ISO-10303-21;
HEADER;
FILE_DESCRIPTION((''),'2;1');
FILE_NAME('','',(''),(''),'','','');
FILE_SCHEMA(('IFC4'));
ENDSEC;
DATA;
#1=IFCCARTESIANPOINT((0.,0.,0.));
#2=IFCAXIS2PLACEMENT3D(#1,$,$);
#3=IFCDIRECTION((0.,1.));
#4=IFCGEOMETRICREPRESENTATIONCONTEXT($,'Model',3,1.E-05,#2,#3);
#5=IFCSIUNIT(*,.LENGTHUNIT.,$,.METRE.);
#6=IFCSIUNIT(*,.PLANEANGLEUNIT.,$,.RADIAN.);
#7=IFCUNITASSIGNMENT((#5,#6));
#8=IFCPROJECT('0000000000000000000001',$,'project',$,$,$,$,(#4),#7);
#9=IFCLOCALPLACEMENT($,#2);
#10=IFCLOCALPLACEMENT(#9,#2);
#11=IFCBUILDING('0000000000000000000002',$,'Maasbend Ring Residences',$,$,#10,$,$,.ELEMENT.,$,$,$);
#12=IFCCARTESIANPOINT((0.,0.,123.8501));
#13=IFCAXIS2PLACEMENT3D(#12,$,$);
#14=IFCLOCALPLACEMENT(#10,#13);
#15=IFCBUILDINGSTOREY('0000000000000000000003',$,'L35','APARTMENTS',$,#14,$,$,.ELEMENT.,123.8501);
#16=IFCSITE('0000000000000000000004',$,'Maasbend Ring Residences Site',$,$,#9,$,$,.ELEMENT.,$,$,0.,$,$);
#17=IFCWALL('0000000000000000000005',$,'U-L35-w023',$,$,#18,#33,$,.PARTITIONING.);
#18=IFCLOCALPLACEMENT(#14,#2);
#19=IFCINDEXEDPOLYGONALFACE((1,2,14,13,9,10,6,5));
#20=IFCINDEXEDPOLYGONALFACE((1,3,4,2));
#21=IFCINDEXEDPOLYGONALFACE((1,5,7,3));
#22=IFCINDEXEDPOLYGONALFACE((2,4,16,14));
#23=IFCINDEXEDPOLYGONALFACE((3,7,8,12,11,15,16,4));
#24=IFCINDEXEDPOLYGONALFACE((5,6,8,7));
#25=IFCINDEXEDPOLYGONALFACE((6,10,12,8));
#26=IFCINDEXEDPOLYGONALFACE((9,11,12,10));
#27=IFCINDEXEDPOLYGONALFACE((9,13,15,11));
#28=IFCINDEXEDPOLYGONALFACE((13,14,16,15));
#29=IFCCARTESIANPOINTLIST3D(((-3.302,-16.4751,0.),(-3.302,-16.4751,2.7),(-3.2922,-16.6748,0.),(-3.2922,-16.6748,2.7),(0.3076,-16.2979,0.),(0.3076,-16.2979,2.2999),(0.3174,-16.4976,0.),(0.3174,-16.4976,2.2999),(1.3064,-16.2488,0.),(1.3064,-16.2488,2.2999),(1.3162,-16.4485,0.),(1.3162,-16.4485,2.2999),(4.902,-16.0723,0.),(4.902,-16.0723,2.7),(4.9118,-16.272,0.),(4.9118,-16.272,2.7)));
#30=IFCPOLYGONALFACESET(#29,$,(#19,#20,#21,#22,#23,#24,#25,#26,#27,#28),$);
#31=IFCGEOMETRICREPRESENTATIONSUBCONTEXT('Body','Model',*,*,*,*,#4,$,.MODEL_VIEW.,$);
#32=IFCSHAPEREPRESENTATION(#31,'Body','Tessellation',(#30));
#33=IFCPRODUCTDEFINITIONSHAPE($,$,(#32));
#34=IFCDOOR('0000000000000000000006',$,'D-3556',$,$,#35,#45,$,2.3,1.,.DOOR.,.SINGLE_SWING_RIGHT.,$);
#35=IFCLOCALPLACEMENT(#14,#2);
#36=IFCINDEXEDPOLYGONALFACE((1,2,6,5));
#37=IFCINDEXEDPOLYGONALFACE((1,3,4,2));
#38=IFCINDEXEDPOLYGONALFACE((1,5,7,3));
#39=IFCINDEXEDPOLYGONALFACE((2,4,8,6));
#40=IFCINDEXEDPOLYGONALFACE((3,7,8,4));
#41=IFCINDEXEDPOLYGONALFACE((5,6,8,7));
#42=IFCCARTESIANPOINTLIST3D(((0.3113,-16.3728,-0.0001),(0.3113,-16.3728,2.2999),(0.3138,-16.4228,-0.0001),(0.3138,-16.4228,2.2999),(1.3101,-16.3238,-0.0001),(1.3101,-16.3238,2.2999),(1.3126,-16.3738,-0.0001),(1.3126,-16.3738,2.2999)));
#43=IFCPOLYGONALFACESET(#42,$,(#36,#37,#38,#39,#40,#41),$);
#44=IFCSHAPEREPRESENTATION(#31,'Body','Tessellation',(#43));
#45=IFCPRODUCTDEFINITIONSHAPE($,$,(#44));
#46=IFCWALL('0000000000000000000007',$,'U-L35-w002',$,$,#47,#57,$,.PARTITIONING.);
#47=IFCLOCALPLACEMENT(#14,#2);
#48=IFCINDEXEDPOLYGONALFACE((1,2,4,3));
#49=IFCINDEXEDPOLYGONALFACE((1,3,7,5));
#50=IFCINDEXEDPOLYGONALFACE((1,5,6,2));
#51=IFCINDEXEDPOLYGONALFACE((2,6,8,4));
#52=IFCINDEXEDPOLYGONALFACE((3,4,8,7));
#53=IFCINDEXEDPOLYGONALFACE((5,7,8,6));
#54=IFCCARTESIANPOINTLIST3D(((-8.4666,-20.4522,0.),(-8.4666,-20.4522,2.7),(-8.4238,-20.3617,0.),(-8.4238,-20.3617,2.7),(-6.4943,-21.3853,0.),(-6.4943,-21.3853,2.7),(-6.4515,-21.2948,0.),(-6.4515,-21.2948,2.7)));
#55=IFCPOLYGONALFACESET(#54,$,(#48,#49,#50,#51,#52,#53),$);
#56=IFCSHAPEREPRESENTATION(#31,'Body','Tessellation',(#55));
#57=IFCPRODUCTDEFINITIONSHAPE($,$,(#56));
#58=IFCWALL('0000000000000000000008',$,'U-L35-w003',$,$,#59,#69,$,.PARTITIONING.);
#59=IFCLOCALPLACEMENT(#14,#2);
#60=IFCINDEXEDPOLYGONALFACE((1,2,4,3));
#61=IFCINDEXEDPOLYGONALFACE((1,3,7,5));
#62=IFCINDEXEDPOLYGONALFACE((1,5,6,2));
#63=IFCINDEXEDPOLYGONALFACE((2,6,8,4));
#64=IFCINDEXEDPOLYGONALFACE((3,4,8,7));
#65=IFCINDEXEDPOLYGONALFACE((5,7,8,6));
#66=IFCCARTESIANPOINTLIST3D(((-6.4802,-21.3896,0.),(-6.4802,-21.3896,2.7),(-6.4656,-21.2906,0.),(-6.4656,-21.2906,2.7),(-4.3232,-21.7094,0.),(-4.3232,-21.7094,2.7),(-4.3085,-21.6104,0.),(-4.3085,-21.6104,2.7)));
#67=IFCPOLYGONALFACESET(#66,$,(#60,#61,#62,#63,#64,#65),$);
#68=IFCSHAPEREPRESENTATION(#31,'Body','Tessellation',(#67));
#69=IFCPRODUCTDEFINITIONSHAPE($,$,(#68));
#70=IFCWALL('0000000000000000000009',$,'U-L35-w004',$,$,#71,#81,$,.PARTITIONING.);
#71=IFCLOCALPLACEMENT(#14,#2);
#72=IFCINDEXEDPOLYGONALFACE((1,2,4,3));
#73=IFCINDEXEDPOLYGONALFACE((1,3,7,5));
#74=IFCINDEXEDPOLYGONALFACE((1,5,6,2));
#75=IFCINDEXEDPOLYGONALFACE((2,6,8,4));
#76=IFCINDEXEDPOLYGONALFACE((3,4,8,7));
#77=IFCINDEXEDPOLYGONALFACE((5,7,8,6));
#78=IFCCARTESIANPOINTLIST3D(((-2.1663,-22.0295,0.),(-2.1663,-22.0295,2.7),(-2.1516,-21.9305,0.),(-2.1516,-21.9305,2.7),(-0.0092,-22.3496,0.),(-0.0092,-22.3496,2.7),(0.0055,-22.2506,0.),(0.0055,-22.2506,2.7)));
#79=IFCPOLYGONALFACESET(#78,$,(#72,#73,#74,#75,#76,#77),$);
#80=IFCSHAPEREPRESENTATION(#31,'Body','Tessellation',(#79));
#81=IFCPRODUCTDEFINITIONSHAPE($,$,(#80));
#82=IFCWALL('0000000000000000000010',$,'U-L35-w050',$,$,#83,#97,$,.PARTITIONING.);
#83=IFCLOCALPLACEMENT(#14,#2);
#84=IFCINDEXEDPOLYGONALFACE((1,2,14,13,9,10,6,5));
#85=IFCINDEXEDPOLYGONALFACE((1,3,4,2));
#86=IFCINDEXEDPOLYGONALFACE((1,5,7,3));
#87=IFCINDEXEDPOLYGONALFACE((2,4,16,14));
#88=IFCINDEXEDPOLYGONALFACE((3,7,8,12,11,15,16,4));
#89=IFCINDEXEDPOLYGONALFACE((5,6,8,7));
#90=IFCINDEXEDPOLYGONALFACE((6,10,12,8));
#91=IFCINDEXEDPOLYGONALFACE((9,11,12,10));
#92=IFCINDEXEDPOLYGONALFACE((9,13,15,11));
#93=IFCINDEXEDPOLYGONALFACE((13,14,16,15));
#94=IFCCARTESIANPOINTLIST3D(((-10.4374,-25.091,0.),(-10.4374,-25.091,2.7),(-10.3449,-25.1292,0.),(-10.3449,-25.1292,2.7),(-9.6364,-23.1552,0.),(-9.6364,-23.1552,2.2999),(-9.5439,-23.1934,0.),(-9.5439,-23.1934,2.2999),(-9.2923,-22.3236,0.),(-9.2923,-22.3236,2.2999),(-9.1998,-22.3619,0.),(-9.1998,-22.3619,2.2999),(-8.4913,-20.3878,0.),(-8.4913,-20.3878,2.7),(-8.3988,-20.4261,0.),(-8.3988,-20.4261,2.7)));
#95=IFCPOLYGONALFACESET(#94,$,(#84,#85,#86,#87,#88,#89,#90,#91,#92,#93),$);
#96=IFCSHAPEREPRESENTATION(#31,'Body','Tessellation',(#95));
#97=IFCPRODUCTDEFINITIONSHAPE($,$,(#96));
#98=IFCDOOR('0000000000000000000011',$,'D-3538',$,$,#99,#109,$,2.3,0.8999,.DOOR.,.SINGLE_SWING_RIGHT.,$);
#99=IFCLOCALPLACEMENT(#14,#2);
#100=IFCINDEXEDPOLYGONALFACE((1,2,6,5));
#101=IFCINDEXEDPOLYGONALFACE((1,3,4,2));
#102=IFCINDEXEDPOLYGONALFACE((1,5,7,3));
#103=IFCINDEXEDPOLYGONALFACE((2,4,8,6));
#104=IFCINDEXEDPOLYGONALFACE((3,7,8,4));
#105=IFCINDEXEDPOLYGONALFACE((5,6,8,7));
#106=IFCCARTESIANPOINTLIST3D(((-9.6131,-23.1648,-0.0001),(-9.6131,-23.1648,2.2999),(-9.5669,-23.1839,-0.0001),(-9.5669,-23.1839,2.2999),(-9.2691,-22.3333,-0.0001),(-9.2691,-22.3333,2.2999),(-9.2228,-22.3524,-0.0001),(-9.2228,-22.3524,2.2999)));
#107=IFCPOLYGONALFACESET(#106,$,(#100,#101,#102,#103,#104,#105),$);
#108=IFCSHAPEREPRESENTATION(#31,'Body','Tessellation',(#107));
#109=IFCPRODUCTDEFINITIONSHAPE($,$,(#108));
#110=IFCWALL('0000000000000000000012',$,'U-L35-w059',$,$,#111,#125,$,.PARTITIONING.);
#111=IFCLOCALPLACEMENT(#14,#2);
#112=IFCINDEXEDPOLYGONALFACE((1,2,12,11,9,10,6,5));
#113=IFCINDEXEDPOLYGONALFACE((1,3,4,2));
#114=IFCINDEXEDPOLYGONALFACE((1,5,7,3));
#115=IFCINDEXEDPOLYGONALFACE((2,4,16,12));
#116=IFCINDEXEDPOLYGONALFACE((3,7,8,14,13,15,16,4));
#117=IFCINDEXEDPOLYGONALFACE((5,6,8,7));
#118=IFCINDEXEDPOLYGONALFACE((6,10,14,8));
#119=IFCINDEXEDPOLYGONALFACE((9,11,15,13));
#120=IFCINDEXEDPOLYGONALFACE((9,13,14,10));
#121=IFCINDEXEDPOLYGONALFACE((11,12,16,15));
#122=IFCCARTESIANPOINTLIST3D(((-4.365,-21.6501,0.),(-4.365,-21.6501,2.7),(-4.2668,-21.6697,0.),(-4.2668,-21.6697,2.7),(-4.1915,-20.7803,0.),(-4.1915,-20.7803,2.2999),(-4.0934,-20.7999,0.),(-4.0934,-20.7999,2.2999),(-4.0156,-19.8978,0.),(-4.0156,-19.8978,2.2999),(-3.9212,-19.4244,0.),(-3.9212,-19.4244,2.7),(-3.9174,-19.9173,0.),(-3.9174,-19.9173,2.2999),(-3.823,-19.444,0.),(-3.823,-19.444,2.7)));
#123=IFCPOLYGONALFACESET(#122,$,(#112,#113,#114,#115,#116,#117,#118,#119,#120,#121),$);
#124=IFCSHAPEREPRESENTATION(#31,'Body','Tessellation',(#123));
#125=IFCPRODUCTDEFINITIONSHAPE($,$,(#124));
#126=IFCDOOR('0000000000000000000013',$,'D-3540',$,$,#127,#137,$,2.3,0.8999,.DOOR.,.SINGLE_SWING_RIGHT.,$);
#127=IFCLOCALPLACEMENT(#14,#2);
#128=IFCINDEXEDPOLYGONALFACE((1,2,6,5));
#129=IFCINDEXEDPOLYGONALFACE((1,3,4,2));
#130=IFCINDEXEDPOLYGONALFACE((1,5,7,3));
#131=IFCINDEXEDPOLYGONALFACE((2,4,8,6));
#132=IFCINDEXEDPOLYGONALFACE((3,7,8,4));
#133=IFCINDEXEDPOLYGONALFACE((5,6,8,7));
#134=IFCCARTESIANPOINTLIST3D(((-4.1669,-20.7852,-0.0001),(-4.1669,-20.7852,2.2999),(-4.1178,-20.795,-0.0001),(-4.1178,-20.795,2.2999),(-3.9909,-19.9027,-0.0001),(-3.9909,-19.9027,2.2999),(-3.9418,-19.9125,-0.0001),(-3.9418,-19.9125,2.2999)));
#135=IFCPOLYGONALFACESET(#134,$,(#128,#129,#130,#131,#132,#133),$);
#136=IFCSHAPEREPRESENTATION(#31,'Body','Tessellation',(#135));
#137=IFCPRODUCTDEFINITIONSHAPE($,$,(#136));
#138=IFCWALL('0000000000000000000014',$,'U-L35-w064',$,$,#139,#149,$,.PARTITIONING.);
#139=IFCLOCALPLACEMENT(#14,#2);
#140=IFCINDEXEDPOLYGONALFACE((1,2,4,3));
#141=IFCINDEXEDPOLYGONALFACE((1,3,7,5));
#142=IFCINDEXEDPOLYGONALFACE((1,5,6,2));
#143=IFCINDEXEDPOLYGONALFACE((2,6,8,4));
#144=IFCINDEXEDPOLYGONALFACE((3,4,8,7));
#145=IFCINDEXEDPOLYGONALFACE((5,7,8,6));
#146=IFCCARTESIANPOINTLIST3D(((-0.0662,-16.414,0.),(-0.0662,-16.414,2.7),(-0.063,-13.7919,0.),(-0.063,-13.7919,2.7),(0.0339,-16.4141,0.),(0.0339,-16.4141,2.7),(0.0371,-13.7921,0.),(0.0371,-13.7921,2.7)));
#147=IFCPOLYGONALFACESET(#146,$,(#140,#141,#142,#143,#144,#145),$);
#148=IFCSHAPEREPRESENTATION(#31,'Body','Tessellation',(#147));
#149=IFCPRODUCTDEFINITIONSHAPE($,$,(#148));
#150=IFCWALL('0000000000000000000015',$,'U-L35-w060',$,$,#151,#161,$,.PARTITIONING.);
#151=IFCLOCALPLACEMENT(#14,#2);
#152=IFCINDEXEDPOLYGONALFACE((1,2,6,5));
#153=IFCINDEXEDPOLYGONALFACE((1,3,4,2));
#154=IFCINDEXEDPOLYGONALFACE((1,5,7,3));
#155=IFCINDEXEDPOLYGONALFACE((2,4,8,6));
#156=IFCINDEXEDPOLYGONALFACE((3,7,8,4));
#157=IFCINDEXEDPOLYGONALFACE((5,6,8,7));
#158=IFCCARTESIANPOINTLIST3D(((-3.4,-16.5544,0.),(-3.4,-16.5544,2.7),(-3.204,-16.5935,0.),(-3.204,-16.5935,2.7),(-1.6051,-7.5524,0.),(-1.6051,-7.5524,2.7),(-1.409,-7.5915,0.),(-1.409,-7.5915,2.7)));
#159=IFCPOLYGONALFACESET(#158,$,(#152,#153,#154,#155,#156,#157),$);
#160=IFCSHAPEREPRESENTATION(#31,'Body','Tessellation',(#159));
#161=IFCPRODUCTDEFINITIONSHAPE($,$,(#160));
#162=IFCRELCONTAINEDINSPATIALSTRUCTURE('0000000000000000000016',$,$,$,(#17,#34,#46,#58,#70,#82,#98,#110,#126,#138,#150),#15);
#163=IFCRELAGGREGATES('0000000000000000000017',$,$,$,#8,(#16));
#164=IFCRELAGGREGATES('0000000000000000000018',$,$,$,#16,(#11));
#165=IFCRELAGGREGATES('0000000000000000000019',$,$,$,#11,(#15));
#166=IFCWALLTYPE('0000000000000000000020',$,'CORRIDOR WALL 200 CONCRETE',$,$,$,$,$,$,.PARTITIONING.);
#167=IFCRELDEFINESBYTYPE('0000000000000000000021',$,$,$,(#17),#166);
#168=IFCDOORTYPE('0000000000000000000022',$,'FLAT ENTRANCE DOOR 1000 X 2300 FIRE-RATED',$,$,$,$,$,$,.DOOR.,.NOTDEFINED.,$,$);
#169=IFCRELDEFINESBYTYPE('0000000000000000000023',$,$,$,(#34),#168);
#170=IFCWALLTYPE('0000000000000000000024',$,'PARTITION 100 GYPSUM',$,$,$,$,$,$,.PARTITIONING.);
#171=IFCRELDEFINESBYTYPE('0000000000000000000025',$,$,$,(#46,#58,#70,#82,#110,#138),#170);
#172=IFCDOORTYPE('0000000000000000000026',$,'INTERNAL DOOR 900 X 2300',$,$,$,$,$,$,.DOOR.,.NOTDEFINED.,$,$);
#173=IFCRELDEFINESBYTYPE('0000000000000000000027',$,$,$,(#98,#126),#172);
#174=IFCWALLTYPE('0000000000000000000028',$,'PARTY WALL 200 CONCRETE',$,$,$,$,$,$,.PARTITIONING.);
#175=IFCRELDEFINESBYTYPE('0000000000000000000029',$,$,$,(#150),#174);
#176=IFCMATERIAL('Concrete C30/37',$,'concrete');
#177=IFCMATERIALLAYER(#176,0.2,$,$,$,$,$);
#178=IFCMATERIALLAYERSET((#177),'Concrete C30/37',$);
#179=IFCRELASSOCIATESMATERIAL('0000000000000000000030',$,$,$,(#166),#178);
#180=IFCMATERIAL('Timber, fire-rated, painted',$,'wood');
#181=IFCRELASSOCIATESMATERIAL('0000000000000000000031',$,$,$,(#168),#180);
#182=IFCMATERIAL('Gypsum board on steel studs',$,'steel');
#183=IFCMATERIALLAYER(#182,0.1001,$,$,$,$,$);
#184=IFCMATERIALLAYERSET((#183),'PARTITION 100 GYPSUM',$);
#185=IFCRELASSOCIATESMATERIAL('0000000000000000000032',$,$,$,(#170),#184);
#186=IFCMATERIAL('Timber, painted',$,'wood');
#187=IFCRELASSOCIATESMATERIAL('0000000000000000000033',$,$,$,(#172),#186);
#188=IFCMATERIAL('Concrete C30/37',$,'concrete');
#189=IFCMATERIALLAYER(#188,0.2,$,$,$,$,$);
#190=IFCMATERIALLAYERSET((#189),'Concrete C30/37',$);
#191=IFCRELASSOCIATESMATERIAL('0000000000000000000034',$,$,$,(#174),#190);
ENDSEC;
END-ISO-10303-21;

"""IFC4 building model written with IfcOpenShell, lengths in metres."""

from ifc_helpers import new_model, si_unit, direction, frame, frame_2d, origin, place, context, subcontext, project, spatial, rectangle, extrude, material, layer, layer_set, type_object, element, fill, save


model = new_model("IFC4")

# Units and contexts
model_context = context("Model", 3, precision=1e-05, world=origin(), true_north=direction((0.0, 1.0)))
body_context = subcontext(model_context, "Body", "Model", "MODEL_VIEW")
ifc_project = project(units=[si_unit("LENGTHUNIT", "METRE"), si_unit("PLANEANGLEUNIT", "RADIAN")], contexts=[model_context])

# Site, building, storey
site_placement = place(None, origin())
site = spatial("IfcSite", under=ifc_project, at=site_placement, Name="Maasbend Ring Residences Site", CompositionType="ELEMENT", RefElevation=0.0)
building_placement = place(site_placement, origin())
building = spatial("IfcBuilding", under=site, at=building_placement, Name="Maasbend Ring Residences", CompositionType="ELEMENT")
storey_placement = place(building_placement, frame((0.0, 0.0, 123.8501)))
storey = spatial("IfcBuildingStorey", under=building, at=storey_placement, Name="L35", Description="APARTMENTS", CompositionType="ELEMENT", Elevation=123.8501)

# Shared definitions
ifc_material_1 = material(Name="Concrete C30/37", Category="concrete")
ifc_layer_1 = layer(ifc_material_1, 0.2)
ifc_layer_set_1 = layer_set([ifc_layer_1], Name="Concrete C30/37")
wall_type_1 = type_object("IfcWallType", Name="CORRIDOR WALL 200 CONCRETE", PredefinedType="PARTITIONING", material=ifc_layer_set_1)

# Wall, opening, door
ifc_material_2 = material(Name="Timber, fire-rated, painted", Category="wood")
door_type_1 = type_object("IfcDoorType", Name="FLAT ENTRANCE DOOR 1000 X 2300 FIRE-RATED", OperationType="NOTDEFINED", PredefinedType="DOOR", material=ifc_material_2)
wall_1_placement = place(storey_placement, frame((-3.2971, -16.575, 0.0), z_axis=(0.0, 0.0, 1.0), x_axis=(0.998797, 0.049042, 0.0)))
wall_1 = element("IfcWall", 1, at=wall_1_placement, inside=storey, type_object=wall_type_1, Name="U-L35-w023", PredefinedType="PARTITIONING", context=body_context, shape_type="SweptSolid", body=[
    extrude(rectangle(XDim=8.2139, YDim=0.2, at=frame_2d((4.1069, 0.0))), origin(), (0.0, 0.0, 1.0), 2.7),
])
opening_1_placement = place(wall_1_placement, frame((3.614, 0.0, 0.0)))
opening_1 = element("IfcOpeningElement", 2, at=opening_1_placement, cuts=wall_1, PredefinedType="OPENING", context=body_context, shape_type="SweptSolid", body=[
    extrude(rectangle(XDim=1.0, YDim=2.3, at=frame_2d((0.5, 1.1499))), frame((0.0, 0.1099, 0.0), z_axis=(0.0, -1.0, 0.0), x_axis=(1.0, 0.0, 0.0)), (0.0, 0.0, 1.0), 0.22),
])
door_1_placement = place(opening_1_placement, origin())
door_1 = element("IfcDoor", 3, at=door_1_placement, inside=storey, type_object=door_type_1, Name="D-3556", OperationType="SINGLE_SWING_RIGHT", OverallHeight=2.3, OverallWidth=1.0, PredefinedType="DOOR", context=body_context, shape_type="SweptSolid", body=[
    extrude(rectangle(XDim=1.0, YDim=2.3, at=frame_2d((0.5, 1.1499))), frame((0.0, 0.0249, 0.0), z_axis=(0.0, -1.0, 0.0), x_axis=(1.0, 0.0, 0.0)), (0.0, 0.0, 1.0), 0.05),
])
fill(opening_1, door_1)

# Walls
ifc_material_3 = material(Name="Gypsum board on steel studs", Category="steel")
ifc_layer_2 = layer(ifc_material_3, 0.1001)
ifc_layer_set_2 = layer_set([ifc_layer_2], Name="PARTITION 100 GYPSUM")
wall_type_2 = type_object("IfcWallType", Name="PARTITION 100 GYPSUM", PredefinedType="PARTITIONING", material=ifc_layer_set_2)
wall_2_placement = place(storey_placement, frame((-8.4451, -20.407, 0.0), z_axis=(0.0, 0.0, 1.0), x_axis=(0.903929, -0.427682, 0.0)))
element("IfcWall", 4, at=wall_2_placement, inside=storey, type_object=wall_type_2, Name="U-L35-w002", PredefinedType="PARTITIONING", context=body_context, shape_type="SweptSolid", body=[
    extrude(rectangle(XDim=2.1819, YDim=0.1001, at=frame_2d((1.0908, 0.0))), origin(), (0.0, 0.0, 1.0), 2.7),
])
for number, where, z_axis, x_axis, name in (
    (5, (-6.4729, -21.3401, 0.0), (0.0, 0.0, 1.0), (0.989185, -0.14667, 0.0), "U-L35-w003"),
    (6, (-2.1589, -21.98, 0.0), (0.0, 0.0, 1.0), (0.989169, -0.14678, 0.0), "U-L35-w004"),
):
    element("IfcWall", number, at=place(storey_placement, frame(where, z_axis=z_axis, x_axis=x_axis)), inside=storey, type_object=wall_type_2, Name=name, PredefinedType="PARTITIONING", context=body_context, shape_type="SweptSolid", body=[
        extrude(rectangle(XDim=2.1807, YDim=0.1001, at=frame_2d((1.0903, 0.0))), origin(), (0.0, 0.0, 1.0), 2.7),
    ])

# Walls, openings, doors
wall_3_placement = place(storey_placement, frame((-10.3911, -25.1101, 0.0), z_axis=(0.0, 0.0, 1.0), x_axis=(0.382339, 0.924022, 0.0)))
wall_3 = element("IfcWall", 7, at=wall_3_placement, inside=storey, type_object=wall_type_2, Name="U-L35-w050", PredefinedType="PARTITIONING", context=body_context, shape_type="SweptSolid", body=[
    extrude(rectangle(XDim=5.0898, YDim=0.1001, at=frame_2d((2.5449, 0.0))), origin(), (0.0, 0.0, 1.0), 2.7),
])
opening_2_placement = place(wall_3_placement, frame((2.095, 0.0, 0.0)))
opening_2 = element("IfcOpeningElement", 8, at=opening_2_placement, cuts=wall_3, PredefinedType="OPENING", context=body_context, shape_type="SweptSolid", body=[
    extrude(rectangle(XDim=0.8999, YDim=2.3, at=frame_2d((0.45, 1.1499))), frame((0.0, 0.0601, 0.0), z_axis=(0.0, -1.0, 0.0), x_axis=(1.0, 0.0, 0.0)), (0.0, 0.0, 1.0), 0.1201),
])
ifc_material_4 = material(Name="Timber, painted", Category="wood")
door_type_2 = type_object("IfcDoorType", Name="INTERNAL DOOR 900 X 2300", OperationType="NOTDEFINED", PredefinedType="DOOR", material=ifc_material_4)
door_2_placement = place(opening_2_placement, origin())
door_2 = element("IfcDoor", 9, at=door_2_placement, inside=storey, type_object=door_type_2, Name="D-3538", OperationType="SINGLE_SWING_RIGHT", OverallHeight=2.3, OverallWidth=0.8999, PredefinedType="DOOR", context=body_context, shape_type="SweptSolid", body=[
    extrude(rectangle(XDim=0.8999, YDim=2.3, at=frame_2d((0.45, 1.1499))), frame((0.0, 0.0249, 0.0), z_axis=(0.0, -1.0, 0.0), x_axis=(1.0, 0.0, 0.0)), (0.0, 0.0, 1.0), 0.05),
])
fill(opening_2, door_2)
wall_4_placement = place(storey_placement, frame((-4.3159, -21.6599, 0.0), z_axis=(0.0, 0.0, 1.0), x_axis=(0.195558, 0.980692, 0.0)))
wall_4 = element("IfcWall", 10, at=wall_4_placement, inside=storey, type_object=wall_type_2, Name="U-L35-w059", PredefinedType="PARTITIONING", context=body_context, shape_type="SweptSolid", body=[
    extrude(rectangle(XDim=2.2695, YDim=0.1001, at=frame_2d((1.1348, 0.0))), origin(), (0.0, 0.0, 1.0), 2.7),
])
opening_3_placement = place(wall_4_placement, frame((0.887, 0.0, 0.0)))
opening_3 = element("IfcOpeningElement", 11, at=opening_3_placement, cuts=wall_4, PredefinedType="OPENING", context=body_context, shape_type="SweptSolid", body=[
    extrude(rectangle(XDim=0.8999, YDim=2.3, at=frame_2d((0.45, 1.1499))), frame((0.0, 0.0601, 0.0), z_axis=(0.0, -1.0, 0.0), x_axis=(1.0, 0.0, 0.0)), (0.0, 0.0, 1.0), 0.1201),
])
door_3_placement = place(opening_3_placement, origin())
door_3 = element("IfcDoor", 12, at=door_3_placement, inside=storey, type_object=door_type_2, Name="D-3540", OperationType="SINGLE_SWING_RIGHT", OverallHeight=2.3, OverallWidth=0.8999, PredefinedType="DOOR", context=body_context, shape_type="SweptSolid", body=[
    extrude(rectangle(XDim=0.8999, YDim=2.3, at=frame_2d((0.45, 1.1499))), frame((0.0, 0.0249, 0.0), z_axis=(0.0, -1.0, 0.0), x_axis=(1.0, 0.0, 0.0)), (0.0, 0.0, 1.0), 0.05),
])
fill(opening_3, door_3)

# Walls
wall_5_placement = place(storey_placement, frame((-0.0161, -16.4141, 0.0), z_axis=(0.0, 0.0, 1.0), x_axis=(0.00121, 0.999999, 0.0)))
element("IfcWall", 13, at=wall_5_placement, inside=storey, type_object=wall_type_2, Name="U-L35-w064", PredefinedType="PARTITIONING", context=body_context, shape_type="SweptSolid", body=[
    extrude(rectangle(XDim=2.6221, YDim=0.1001, at=frame_2d((1.311, 0.0))), origin(), (0.0, 0.0, 1.0), 2.7),
])
ifc_material_5 = material(Name="Concrete C30/37", Category="concrete")
ifc_layer_3 = layer(ifc_material_5, 0.2)
ifc_layer_set_3 = layer_set([ifc_layer_3], Name="Concrete C30/37")
wall_type_3 = type_object("IfcWallType", Name="PARTY WALL 200 CONCRETE", PredefinedType="PARTITIONING", material=ifc_layer_set_3)
wall_6_placement = place(storey_placement, frame((-3.302, -16.574, 0.0), z_axis=(0.0, 0.0, 1.0), x_axis=(0.195543, 0.980695, 0.0)))
element("IfcWall", 14, at=wall_6_placement, inside=storey, type_object=wall_type_3, Name="U-L35-w060", PredefinedType="PARTITIONING", context=body_context, shape_type="SweptSolid", body=[
    extrude(rectangle(XDim=9.1792, YDim=0.2, at=frame_2d((4.5896, 0.0))), origin(), (0.0, 0.0, 1.0), 2.7),
])

save(model, "model.ifc")
